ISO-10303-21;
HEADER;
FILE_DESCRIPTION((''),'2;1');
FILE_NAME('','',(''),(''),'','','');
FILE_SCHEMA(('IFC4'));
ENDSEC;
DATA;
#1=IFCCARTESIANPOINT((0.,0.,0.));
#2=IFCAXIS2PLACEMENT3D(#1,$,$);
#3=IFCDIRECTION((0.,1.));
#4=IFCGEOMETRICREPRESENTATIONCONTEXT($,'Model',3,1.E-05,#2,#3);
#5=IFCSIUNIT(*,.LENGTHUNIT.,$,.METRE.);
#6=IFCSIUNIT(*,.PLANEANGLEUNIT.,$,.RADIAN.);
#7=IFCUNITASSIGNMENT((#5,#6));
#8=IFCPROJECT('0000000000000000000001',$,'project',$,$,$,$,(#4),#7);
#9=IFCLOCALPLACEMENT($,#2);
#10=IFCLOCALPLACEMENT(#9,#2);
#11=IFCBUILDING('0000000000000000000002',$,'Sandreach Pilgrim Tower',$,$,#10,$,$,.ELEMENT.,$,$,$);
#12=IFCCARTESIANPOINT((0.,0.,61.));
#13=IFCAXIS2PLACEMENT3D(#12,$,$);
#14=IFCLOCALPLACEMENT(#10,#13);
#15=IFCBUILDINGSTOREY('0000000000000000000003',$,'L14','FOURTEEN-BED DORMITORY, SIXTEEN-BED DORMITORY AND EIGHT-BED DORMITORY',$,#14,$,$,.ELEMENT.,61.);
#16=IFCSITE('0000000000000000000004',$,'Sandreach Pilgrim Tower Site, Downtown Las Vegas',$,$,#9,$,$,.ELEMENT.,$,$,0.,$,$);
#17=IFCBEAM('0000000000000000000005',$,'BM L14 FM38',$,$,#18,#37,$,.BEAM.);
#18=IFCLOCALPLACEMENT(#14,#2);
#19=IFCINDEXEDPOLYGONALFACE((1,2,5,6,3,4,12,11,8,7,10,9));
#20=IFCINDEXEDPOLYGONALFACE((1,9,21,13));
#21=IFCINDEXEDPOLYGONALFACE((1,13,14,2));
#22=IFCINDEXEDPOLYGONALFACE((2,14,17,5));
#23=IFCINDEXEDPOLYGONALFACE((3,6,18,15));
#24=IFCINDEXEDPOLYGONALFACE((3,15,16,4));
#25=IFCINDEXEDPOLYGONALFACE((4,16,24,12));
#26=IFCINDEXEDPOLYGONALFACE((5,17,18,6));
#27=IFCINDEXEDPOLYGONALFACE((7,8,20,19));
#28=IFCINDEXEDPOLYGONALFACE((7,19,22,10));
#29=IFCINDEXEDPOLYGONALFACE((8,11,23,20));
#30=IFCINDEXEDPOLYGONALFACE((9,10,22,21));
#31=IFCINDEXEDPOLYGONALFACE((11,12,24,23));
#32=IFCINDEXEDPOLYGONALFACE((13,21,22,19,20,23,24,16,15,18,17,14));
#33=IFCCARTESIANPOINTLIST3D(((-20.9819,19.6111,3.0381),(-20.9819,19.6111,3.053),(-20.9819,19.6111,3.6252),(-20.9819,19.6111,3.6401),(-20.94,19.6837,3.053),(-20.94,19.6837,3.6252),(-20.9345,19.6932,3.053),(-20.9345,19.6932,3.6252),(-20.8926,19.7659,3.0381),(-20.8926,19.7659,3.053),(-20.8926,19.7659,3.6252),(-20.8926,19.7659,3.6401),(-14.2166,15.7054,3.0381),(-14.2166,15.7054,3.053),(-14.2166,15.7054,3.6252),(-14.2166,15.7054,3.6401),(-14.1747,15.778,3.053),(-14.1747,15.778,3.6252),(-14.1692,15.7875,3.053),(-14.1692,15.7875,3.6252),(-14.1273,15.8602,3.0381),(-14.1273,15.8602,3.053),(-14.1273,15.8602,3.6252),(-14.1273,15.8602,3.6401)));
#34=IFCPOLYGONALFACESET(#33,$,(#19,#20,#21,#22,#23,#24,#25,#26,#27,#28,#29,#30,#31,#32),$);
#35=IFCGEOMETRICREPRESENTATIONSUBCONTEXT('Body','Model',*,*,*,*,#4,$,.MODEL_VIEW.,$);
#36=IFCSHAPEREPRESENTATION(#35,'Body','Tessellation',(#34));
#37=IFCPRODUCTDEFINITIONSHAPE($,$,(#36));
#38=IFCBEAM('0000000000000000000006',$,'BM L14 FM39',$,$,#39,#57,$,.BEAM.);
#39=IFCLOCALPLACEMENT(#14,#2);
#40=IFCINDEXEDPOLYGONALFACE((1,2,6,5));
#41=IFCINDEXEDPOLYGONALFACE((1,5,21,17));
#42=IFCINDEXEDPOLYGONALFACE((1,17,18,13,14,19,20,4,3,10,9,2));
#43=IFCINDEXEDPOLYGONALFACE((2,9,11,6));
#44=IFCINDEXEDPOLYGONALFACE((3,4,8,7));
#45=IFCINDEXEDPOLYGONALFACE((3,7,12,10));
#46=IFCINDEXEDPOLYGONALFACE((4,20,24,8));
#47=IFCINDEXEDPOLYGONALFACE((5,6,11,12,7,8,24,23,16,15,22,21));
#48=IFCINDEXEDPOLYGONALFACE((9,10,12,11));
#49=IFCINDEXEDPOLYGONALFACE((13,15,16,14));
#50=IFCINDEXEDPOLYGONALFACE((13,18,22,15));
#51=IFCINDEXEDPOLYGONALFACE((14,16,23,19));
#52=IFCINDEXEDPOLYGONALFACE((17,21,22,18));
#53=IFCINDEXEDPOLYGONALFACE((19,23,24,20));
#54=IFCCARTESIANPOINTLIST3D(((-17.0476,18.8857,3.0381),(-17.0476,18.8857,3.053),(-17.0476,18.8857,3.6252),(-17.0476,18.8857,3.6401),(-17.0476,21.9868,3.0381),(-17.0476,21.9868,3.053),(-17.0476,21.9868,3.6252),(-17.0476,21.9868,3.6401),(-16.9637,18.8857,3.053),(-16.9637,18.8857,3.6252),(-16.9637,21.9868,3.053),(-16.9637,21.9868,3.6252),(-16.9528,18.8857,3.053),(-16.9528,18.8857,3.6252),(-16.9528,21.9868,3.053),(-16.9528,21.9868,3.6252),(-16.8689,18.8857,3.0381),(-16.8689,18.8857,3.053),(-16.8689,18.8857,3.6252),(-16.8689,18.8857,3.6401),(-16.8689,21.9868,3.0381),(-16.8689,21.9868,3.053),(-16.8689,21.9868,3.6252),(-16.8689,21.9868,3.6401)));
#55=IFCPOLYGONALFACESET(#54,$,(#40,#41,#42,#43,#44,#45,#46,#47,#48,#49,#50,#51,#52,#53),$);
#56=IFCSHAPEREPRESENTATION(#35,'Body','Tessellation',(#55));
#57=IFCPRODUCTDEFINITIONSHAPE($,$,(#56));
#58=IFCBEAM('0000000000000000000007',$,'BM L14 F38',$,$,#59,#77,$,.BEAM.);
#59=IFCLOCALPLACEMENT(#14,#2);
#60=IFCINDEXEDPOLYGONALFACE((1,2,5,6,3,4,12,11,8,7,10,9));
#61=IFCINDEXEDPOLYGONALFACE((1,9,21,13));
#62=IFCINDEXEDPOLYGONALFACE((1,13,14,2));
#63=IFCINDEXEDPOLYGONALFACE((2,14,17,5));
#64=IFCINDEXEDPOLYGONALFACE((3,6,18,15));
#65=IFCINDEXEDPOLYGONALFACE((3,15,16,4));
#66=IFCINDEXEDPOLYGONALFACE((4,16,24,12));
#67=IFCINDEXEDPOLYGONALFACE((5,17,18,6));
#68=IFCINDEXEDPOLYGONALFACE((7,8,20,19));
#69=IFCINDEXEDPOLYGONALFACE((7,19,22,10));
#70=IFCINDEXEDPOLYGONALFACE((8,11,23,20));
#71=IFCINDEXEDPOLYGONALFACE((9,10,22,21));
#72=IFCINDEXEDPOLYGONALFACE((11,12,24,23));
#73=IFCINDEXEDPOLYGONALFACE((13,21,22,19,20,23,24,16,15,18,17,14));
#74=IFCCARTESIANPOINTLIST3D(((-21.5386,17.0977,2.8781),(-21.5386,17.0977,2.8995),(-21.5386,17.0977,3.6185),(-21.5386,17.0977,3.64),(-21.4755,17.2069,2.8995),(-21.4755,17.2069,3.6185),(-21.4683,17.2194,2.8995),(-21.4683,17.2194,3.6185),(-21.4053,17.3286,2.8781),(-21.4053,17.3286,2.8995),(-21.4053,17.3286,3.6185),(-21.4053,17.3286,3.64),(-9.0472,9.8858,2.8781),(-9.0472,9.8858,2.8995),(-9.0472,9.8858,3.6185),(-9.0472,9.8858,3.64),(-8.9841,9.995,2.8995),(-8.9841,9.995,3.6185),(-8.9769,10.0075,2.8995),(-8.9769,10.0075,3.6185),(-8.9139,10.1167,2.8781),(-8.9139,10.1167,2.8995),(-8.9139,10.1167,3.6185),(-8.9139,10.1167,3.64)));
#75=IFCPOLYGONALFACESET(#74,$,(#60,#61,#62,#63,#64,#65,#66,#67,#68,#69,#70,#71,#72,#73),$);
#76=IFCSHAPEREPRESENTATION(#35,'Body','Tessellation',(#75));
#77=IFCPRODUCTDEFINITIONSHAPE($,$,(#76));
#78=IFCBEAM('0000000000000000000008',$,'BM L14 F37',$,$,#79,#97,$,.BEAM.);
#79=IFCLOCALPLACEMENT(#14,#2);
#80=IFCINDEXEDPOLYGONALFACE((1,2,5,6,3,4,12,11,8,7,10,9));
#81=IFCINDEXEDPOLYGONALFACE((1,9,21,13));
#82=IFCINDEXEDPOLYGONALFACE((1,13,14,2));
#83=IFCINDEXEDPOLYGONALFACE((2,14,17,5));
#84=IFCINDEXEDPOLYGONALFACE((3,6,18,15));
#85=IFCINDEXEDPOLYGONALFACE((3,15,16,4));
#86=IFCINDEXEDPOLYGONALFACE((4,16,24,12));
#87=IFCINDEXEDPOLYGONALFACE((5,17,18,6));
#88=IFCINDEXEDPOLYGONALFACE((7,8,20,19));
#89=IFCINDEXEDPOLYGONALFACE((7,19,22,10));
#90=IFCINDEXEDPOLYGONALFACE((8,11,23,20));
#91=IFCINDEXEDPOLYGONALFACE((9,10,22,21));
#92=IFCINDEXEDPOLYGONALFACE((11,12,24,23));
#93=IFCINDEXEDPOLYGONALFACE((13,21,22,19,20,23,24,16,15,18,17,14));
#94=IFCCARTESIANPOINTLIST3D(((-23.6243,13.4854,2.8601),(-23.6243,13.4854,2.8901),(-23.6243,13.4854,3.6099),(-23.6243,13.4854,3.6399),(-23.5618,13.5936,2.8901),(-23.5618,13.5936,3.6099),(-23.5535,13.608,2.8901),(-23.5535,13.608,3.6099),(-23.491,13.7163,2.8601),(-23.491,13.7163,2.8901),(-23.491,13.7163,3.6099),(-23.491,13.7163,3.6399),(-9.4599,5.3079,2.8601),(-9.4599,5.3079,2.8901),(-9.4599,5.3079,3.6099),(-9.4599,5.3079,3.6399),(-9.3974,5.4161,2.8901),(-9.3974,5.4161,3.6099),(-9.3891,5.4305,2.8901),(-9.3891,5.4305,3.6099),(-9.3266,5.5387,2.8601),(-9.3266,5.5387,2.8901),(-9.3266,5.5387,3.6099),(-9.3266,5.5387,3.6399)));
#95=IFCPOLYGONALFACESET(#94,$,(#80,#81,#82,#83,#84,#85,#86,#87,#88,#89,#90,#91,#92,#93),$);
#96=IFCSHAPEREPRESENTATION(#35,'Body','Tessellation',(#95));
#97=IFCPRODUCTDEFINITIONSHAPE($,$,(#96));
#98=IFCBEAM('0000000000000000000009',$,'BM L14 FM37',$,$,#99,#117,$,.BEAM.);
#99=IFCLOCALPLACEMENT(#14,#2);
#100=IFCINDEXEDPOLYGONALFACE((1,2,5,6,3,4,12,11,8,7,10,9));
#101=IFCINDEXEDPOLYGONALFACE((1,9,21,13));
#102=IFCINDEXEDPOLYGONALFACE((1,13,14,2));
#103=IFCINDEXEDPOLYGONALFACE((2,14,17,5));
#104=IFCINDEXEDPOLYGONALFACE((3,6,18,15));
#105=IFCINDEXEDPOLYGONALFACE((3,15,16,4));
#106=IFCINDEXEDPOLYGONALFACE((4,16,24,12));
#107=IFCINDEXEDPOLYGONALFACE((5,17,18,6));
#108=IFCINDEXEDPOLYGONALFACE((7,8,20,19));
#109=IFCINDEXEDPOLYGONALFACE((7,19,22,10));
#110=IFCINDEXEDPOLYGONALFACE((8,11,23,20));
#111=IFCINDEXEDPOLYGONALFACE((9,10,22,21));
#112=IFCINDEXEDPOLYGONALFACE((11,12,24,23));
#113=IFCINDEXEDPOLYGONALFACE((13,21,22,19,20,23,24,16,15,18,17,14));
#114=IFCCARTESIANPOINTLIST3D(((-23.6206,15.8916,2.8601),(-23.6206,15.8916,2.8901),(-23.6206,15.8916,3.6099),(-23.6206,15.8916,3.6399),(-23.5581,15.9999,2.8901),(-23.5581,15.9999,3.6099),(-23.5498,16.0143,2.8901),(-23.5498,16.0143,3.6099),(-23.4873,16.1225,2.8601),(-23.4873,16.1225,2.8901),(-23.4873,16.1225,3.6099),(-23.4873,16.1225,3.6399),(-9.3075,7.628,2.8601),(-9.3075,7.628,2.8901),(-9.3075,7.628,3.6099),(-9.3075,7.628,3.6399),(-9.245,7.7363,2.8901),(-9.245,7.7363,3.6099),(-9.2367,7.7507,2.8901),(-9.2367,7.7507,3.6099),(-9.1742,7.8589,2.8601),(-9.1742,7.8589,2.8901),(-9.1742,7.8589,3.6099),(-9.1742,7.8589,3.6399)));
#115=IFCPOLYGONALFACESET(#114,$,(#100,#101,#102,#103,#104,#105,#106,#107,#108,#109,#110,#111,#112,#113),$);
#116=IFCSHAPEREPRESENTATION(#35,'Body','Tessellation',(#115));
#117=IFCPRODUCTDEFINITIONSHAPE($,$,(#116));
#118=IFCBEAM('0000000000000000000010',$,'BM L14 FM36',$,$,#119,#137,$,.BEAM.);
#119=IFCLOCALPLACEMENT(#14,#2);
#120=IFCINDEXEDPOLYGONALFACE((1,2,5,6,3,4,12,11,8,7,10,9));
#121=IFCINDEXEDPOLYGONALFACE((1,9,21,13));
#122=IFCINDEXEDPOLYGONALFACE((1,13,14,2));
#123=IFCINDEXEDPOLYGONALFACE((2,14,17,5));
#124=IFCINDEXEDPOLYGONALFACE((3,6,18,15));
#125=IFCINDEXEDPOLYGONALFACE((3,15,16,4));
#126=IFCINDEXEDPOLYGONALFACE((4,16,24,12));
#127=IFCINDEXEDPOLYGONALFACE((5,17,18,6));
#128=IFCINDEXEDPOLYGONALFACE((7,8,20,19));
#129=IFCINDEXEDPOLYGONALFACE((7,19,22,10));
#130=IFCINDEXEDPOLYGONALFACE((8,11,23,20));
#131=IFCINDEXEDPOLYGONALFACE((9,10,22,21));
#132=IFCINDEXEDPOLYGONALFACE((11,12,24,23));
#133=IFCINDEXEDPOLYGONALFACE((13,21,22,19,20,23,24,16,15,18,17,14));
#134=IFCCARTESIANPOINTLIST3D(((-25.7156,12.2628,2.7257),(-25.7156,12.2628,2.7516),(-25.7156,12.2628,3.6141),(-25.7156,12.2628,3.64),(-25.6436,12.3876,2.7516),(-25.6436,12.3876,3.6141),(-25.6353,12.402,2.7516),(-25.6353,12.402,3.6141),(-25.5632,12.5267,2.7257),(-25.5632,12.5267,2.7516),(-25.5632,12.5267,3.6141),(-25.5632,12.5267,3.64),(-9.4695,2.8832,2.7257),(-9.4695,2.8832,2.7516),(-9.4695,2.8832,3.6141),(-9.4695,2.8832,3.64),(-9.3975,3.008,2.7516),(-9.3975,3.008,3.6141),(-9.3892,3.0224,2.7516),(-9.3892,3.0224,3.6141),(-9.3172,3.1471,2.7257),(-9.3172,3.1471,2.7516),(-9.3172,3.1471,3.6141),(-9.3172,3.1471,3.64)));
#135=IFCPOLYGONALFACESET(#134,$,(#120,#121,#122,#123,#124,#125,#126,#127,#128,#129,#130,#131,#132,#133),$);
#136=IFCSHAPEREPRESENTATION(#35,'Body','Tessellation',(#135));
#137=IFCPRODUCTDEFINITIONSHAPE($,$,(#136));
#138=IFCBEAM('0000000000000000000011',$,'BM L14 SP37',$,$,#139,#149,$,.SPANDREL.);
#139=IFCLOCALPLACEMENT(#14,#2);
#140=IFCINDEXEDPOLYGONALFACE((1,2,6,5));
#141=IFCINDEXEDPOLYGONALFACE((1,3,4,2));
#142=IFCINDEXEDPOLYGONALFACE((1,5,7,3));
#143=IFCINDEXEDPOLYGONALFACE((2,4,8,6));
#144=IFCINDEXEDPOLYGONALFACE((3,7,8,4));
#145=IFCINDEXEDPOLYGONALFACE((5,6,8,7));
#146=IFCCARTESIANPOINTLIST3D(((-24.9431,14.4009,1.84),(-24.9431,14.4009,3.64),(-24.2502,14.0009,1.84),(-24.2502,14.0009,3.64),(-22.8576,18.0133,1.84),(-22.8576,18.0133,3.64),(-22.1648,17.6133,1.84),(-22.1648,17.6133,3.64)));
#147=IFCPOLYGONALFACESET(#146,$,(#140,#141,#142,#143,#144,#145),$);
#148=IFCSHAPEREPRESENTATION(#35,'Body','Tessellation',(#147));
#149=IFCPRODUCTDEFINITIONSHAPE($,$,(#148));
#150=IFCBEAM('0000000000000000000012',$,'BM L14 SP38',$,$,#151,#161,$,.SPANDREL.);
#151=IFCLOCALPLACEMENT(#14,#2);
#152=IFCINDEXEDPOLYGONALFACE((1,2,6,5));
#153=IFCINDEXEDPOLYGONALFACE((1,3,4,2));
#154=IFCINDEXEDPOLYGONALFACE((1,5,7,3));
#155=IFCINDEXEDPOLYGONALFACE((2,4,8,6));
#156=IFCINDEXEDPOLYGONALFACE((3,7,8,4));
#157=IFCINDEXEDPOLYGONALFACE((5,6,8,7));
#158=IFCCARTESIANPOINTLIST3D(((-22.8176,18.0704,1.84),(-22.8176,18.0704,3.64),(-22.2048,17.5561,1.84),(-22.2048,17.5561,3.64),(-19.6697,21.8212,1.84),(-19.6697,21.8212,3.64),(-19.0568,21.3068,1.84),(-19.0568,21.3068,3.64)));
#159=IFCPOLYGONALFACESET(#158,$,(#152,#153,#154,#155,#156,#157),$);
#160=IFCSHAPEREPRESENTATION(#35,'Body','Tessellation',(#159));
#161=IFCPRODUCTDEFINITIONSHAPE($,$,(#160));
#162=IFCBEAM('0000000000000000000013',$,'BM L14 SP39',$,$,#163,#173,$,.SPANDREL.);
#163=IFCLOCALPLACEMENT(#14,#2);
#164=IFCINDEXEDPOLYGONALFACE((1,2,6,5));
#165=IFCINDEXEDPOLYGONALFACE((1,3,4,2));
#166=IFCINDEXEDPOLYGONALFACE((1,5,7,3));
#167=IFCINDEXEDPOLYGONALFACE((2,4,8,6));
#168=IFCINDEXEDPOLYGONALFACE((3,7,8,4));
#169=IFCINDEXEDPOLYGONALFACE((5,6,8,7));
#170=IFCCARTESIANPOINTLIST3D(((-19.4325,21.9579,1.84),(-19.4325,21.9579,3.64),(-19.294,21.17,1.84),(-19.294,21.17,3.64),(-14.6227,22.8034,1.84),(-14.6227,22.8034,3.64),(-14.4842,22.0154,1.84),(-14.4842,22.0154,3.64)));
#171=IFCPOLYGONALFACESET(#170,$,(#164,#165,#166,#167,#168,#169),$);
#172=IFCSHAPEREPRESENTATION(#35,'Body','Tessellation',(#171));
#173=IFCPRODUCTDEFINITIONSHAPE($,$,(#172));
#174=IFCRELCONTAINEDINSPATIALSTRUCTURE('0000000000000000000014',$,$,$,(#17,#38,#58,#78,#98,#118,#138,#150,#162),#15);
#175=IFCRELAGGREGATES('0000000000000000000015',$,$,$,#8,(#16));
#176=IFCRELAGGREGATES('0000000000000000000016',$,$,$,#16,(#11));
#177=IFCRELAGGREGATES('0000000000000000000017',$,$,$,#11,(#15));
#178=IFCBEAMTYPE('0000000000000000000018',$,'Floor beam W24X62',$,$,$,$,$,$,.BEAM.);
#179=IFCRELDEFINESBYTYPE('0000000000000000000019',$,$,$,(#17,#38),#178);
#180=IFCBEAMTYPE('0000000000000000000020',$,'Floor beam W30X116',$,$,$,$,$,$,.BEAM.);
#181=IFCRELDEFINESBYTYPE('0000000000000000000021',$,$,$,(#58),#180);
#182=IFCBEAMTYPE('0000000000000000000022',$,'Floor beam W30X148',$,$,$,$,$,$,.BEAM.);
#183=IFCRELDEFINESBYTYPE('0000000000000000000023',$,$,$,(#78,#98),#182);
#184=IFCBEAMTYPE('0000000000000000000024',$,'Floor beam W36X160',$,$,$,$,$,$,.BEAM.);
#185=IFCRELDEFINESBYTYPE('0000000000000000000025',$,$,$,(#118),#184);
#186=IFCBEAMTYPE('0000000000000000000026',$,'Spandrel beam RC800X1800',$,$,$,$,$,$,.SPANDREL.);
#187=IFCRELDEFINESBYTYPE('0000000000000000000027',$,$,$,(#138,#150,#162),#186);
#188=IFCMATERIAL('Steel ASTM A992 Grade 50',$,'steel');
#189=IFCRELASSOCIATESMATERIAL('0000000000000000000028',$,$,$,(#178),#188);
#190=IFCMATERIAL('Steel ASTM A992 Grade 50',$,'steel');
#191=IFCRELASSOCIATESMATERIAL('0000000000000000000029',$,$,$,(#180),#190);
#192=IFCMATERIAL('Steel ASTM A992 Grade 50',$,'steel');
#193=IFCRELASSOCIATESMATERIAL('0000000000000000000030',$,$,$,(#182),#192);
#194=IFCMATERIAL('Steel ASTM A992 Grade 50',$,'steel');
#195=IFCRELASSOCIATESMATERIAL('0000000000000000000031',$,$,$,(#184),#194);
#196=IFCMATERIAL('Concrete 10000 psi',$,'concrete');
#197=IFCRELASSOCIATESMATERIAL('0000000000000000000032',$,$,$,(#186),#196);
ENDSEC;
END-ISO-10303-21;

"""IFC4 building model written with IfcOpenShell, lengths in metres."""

from ifc_helpers import new_model, si_unit, direction, frame, origin, origin_2d, place, context, subcontext, project, spatial, rectangle, i_section, extrude, material, material_profile, profile_set, type_object, element, save


model = new_model("IFC4")

# Units and contexts
model_context = context("Model", 3, precision=1e-05, world=origin(), true_north=direction((0.0, 1.0)))
body_context = subcontext(model_context, "Body", "Model", "MODEL_VIEW")
ifc_project = project(units=[si_unit("LENGTHUNIT", "METRE"), si_unit("PLANEANGLEUNIT", "RADIAN")], contexts=[model_context])

# Site, building, storey
site_placement = place(None, origin())
site = spatial("IfcSite", under=ifc_project, at=site_placement, Name="Sandreach Pilgrim Tower Site, Downtown Las Vegas", CompositionType="ELEMENT", RefElevation=0.0)
building_placement = place(site_placement, origin())
building = spatial("IfcBuilding", under=site, at=building_placement, Name="Sandreach Pilgrim Tower", CompositionType="ELEMENT")
storey_placement = place(building_placement, frame((0.0, 0.0, 61.0)))
storey = spatial("IfcBuildingStorey", under=building, at=storey_placement, Name="L14", Description="FOURTEEN-BED DORMITORY, SIXTEEN-BED DORMITORY AND EIGHT-BED DORMITORY", CompositionType="ELEMENT", Elevation=61.0)

# Beams
ifc_material_1 = material(Name="Steel ASTM A992 Grade 50", Category="steel")
ifc_material_profile_1 = material_profile(ifc_material_1, i_section(OverallWidth=0.1787, OverallDepth=0.6021, WebThickness=0.011, FlangeThickness=0.0149, at=origin_2d()), Name="W24X62")
ifc_profile_set_1 = profile_set([ifc_material_profile_1], Name="Steel ASTM A992 Grade 50")
beam_type_1 = type_object("IfcBeamType", Name="Floor beam W24X62", PredefinedType="BEAM", material=ifc_profile_set_1)
beam_1_placement = place(storey_placement, frame((-20.9373, 19.6885, 3.3391), z_axis=(0.866038, -0.499978, 0.0), x_axis=(0.499978, 0.866038, 0.0)))
element("IfcBeam", 1, at=beam_1_placement, inside=storey, type_object=beam_type_1, Name="BM L14 FM38", PredefinedType="BEAM", context=body_context, shape_type="SweptSolid", body=[
    extrude(i_section(OverallWidth=0.1787, OverallDepth=0.6021, WebThickness=0.011, FlangeThickness=0.0149, at=origin_2d()), origin(), (0.0, 0.0, 1.0), 7.8118),
])
beam_2_placement = place(storey_placement, frame((-16.9583, 21.9868, 3.3391), z_axis=(0.0, -1.0, 0.0), x_axis=(1.0, 0.0, 0.0)))
element("IfcBeam", 2, at=beam_2_placement, inside=storey, type_object=beam_type_1, Name="BM L14 FM39", PredefinedType="BEAM", context=body_context, shape_type="SweptSolid", body=[
    extrude(i_section(OverallWidth=0.1787, OverallDepth=0.6021, WebThickness=0.011, FlangeThickness=0.0149, at=origin_2d()), origin(), (0.0, 0.0, 1.0), 3.1011),
])
ifc_material_2 = material(Name="Steel ASTM A992 Grade 50", Category="steel")
ifc_material_profile_2 = material_profile(ifc_material_2, i_section(OverallWidth=0.2666, OverallDepth=0.762, WebThickness=0.0144, FlangeThickness=0.0215, at=origin_2d()), Name="W30X116")
ifc_profile_set_2 = profile_set([ifc_material_profile_2], Name="Steel ASTM A992 Grade 50")
beam_type_2 = type_object("IfcBeamType", Name="Floor beam W30X116", PredefinedType="BEAM", material=ifc_profile_set_2)
beam_3_placement = place(storey_placement, frame((-21.4719, 17.2131, 3.259), z_axis=(0.866026, -0.499998, 0.0), x_axis=(0.499998, 0.866026, 0.0)))
element("IfcBeam", 3, at=beam_3_placement, inside=storey, type_object=beam_type_2, Name="BM L14 F38", PredefinedType="BEAM", context=body_context, shape_type="SweptSolid", body=[
    extrude(i_section(OverallWidth=0.2666, OverallDepth=0.762, WebThickness=0.0144, FlangeThickness=0.0215, at=origin_2d()), origin(), (0.0, 0.0, 1.0), 14.4238),
])
ifc_material_3 = material(Name="Steel ASTM A992 Grade 50", Category="steel")
ifc_material_profile_3 = material_profile(ifc_material_3, i_section(OverallWidth=0.2666, OverallDepth=0.7798, WebThickness=0.0166, FlangeThickness=0.03, at=origin_2d()), Name="W30X148")
ifc_profile_set_3 = profile_set([ifc_material_profile_3], Name="Steel ASTM A992 Grade 50")
beam_type_3 = type_object("IfcBeamType", Name="Floor beam W30X148", PredefinedType="BEAM", material=ifc_profile_set_3)
beam_4_placement = place(storey_placement, frame((-23.5576, 13.6008, 3.25), z_axis=(0.866033, -0.499987, 0.0), x_axis=(0.499987, 0.866033, 0.0)))
element("IfcBeam", 4, at=beam_4_placement, inside=storey, type_object=beam_type_3, Name="BM L14 F37", PredefinedType="BEAM", context=body_context, shape_type="SweptSolid", body=[
    extrude(i_section(OverallWidth=0.2666, OverallDepth=0.7798, WebThickness=0.0166, FlangeThickness=0.03, at=origin_2d()), origin(), (0.0, 0.0, 1.0), 16.3555),
])
beam_5_placement = place(storey_placement, frame((-23.554, 16.0071, 3.25), z_axis=(0.866027, -0.499997, 0.0), x_axis=(0.499997, 0.866027, 0.0)))
element("IfcBeam", 5, at=beam_5_placement, inside=storey, type_object=beam_type_3, Name="BM L14 FM37", PredefinedType="BEAM", context=body_context, shape_type="SweptSolid", body=[
    extrude(i_section(OverallWidth=0.2666, OverallDepth=0.7798, WebThickness=0.0166, FlangeThickness=0.03, at=origin_2d()), origin(), (0.0, 0.0, 1.0), 16.5273),
])
ifc_material_4 = material(Name="Steel ASTM A992 Grade 50", Category="steel")
ifc_material_profile_4 = material_profile(ifc_material_4, i_section(OverallWidth=0.3047, OverallDepth=0.9143, WebThickness=0.0166, FlangeThickness=0.0259, at=origin_2d()), Name="W36X160")
ifc_profile_set_4 = profile_set([ifc_material_profile_4], Name="Steel ASTM A992 Grade 50")
beam_type_4 = type_object("IfcBeamType", Name="Floor beam W36X160", PredefinedType="BEAM", material=ifc_profile_set_4)
beam_6_placement = place(storey_placement, frame((-25.6394, 12.3948, 3.1829), z_axis=(0.866027, -0.499998, 0.0), x_axis=(0.499998, 0.866027, 0.0)))
element("IfcBeam", 6, at=beam_6_placement, inside=storey, type_object=beam_type_4, Name="BM L14 FM36", PredefinedType="BEAM", context=body_context, shape_type="SweptSolid", body=[
    extrude(i_section(OverallWidth=0.3047, OverallDepth=0.9143, WebThickness=0.0166, FlangeThickness=0.0259, at=origin_2d()), origin(), (0.0, 0.0, 1.0), 18.7593),
])
ifc_material_5 = material(Name="Concrete 10000 psi", Category="concrete")
ifc_material_profile_5 = material_profile(ifc_material_5, rectangle(XDim=0.8, YDim=1.8, at=origin_2d()), Name="RC800X1800")
ifc_profile_set_5 = profile_set([ifc_material_profile_5], Name="Concrete 10000 psi")
beam_type_5 = type_object("IfcBeamType", Name="Spandrel beam RC800X1800", PredefinedType="SPANDREL", material=ifc_profile_set_5)
beam_7_placement = place(storey_placement, frame((-24.5967, 14.2009, 2.74), z_axis=(0.499979, 0.866037, 0.0), x_axis=(-0.866037, 0.499979, 0.0)))
element("IfcBeam", 7, at=beam_7_placement, inside=storey, type_object=beam_type_5, Name="BM L14 SP37", PredefinedType="SPANDREL", context=body_context, shape_type="SweptSolid", body=[
    extrude(rectangle(XDim=0.8, YDim=1.8, at=origin_2d()), origin(), (0.0, 0.0, 1.0), 4.1711),
])
beam_8_placement = place(storey_placement, frame((-22.5112, 17.8132, 2.74), z_axis=(0.642873, 0.765973, 0.0), x_axis=(-0.765973, 0.642873, 0.0)))
element("IfcBeam", 8, at=beam_8_placement, inside=storey, type_object=beam_type_5, Name="BM L14 SP38", PredefinedType="SPANDREL", context=body_context, shape_type="SweptSolid", body=[
    extrude(rectangle(XDim=0.8, YDim=1.8, at=origin_2d()), origin(), (0.0, 0.0, 1.0), 4.8967),
])
beam_9_placement = place(storey_placement, frame((-19.3633, 21.564, 2.74), z_axis=(0.9849, 0.173124, 0.0), x_axis=(-0.173124, 0.9849, 0.0)))
element("IfcBeam", 9, at=beam_9_placement, inside=storey, type_object=beam_type_5, Name="BM L14 SP39", PredefinedType="SPANDREL", context=body_context, shape_type="SweptSolid", body=[
    extrude(rectangle(XDim=0.8, YDim=1.8, at=origin_2d()), origin(), (0.0, 0.0, 1.0), 4.8835),
])

save(model, "model.ifc")
